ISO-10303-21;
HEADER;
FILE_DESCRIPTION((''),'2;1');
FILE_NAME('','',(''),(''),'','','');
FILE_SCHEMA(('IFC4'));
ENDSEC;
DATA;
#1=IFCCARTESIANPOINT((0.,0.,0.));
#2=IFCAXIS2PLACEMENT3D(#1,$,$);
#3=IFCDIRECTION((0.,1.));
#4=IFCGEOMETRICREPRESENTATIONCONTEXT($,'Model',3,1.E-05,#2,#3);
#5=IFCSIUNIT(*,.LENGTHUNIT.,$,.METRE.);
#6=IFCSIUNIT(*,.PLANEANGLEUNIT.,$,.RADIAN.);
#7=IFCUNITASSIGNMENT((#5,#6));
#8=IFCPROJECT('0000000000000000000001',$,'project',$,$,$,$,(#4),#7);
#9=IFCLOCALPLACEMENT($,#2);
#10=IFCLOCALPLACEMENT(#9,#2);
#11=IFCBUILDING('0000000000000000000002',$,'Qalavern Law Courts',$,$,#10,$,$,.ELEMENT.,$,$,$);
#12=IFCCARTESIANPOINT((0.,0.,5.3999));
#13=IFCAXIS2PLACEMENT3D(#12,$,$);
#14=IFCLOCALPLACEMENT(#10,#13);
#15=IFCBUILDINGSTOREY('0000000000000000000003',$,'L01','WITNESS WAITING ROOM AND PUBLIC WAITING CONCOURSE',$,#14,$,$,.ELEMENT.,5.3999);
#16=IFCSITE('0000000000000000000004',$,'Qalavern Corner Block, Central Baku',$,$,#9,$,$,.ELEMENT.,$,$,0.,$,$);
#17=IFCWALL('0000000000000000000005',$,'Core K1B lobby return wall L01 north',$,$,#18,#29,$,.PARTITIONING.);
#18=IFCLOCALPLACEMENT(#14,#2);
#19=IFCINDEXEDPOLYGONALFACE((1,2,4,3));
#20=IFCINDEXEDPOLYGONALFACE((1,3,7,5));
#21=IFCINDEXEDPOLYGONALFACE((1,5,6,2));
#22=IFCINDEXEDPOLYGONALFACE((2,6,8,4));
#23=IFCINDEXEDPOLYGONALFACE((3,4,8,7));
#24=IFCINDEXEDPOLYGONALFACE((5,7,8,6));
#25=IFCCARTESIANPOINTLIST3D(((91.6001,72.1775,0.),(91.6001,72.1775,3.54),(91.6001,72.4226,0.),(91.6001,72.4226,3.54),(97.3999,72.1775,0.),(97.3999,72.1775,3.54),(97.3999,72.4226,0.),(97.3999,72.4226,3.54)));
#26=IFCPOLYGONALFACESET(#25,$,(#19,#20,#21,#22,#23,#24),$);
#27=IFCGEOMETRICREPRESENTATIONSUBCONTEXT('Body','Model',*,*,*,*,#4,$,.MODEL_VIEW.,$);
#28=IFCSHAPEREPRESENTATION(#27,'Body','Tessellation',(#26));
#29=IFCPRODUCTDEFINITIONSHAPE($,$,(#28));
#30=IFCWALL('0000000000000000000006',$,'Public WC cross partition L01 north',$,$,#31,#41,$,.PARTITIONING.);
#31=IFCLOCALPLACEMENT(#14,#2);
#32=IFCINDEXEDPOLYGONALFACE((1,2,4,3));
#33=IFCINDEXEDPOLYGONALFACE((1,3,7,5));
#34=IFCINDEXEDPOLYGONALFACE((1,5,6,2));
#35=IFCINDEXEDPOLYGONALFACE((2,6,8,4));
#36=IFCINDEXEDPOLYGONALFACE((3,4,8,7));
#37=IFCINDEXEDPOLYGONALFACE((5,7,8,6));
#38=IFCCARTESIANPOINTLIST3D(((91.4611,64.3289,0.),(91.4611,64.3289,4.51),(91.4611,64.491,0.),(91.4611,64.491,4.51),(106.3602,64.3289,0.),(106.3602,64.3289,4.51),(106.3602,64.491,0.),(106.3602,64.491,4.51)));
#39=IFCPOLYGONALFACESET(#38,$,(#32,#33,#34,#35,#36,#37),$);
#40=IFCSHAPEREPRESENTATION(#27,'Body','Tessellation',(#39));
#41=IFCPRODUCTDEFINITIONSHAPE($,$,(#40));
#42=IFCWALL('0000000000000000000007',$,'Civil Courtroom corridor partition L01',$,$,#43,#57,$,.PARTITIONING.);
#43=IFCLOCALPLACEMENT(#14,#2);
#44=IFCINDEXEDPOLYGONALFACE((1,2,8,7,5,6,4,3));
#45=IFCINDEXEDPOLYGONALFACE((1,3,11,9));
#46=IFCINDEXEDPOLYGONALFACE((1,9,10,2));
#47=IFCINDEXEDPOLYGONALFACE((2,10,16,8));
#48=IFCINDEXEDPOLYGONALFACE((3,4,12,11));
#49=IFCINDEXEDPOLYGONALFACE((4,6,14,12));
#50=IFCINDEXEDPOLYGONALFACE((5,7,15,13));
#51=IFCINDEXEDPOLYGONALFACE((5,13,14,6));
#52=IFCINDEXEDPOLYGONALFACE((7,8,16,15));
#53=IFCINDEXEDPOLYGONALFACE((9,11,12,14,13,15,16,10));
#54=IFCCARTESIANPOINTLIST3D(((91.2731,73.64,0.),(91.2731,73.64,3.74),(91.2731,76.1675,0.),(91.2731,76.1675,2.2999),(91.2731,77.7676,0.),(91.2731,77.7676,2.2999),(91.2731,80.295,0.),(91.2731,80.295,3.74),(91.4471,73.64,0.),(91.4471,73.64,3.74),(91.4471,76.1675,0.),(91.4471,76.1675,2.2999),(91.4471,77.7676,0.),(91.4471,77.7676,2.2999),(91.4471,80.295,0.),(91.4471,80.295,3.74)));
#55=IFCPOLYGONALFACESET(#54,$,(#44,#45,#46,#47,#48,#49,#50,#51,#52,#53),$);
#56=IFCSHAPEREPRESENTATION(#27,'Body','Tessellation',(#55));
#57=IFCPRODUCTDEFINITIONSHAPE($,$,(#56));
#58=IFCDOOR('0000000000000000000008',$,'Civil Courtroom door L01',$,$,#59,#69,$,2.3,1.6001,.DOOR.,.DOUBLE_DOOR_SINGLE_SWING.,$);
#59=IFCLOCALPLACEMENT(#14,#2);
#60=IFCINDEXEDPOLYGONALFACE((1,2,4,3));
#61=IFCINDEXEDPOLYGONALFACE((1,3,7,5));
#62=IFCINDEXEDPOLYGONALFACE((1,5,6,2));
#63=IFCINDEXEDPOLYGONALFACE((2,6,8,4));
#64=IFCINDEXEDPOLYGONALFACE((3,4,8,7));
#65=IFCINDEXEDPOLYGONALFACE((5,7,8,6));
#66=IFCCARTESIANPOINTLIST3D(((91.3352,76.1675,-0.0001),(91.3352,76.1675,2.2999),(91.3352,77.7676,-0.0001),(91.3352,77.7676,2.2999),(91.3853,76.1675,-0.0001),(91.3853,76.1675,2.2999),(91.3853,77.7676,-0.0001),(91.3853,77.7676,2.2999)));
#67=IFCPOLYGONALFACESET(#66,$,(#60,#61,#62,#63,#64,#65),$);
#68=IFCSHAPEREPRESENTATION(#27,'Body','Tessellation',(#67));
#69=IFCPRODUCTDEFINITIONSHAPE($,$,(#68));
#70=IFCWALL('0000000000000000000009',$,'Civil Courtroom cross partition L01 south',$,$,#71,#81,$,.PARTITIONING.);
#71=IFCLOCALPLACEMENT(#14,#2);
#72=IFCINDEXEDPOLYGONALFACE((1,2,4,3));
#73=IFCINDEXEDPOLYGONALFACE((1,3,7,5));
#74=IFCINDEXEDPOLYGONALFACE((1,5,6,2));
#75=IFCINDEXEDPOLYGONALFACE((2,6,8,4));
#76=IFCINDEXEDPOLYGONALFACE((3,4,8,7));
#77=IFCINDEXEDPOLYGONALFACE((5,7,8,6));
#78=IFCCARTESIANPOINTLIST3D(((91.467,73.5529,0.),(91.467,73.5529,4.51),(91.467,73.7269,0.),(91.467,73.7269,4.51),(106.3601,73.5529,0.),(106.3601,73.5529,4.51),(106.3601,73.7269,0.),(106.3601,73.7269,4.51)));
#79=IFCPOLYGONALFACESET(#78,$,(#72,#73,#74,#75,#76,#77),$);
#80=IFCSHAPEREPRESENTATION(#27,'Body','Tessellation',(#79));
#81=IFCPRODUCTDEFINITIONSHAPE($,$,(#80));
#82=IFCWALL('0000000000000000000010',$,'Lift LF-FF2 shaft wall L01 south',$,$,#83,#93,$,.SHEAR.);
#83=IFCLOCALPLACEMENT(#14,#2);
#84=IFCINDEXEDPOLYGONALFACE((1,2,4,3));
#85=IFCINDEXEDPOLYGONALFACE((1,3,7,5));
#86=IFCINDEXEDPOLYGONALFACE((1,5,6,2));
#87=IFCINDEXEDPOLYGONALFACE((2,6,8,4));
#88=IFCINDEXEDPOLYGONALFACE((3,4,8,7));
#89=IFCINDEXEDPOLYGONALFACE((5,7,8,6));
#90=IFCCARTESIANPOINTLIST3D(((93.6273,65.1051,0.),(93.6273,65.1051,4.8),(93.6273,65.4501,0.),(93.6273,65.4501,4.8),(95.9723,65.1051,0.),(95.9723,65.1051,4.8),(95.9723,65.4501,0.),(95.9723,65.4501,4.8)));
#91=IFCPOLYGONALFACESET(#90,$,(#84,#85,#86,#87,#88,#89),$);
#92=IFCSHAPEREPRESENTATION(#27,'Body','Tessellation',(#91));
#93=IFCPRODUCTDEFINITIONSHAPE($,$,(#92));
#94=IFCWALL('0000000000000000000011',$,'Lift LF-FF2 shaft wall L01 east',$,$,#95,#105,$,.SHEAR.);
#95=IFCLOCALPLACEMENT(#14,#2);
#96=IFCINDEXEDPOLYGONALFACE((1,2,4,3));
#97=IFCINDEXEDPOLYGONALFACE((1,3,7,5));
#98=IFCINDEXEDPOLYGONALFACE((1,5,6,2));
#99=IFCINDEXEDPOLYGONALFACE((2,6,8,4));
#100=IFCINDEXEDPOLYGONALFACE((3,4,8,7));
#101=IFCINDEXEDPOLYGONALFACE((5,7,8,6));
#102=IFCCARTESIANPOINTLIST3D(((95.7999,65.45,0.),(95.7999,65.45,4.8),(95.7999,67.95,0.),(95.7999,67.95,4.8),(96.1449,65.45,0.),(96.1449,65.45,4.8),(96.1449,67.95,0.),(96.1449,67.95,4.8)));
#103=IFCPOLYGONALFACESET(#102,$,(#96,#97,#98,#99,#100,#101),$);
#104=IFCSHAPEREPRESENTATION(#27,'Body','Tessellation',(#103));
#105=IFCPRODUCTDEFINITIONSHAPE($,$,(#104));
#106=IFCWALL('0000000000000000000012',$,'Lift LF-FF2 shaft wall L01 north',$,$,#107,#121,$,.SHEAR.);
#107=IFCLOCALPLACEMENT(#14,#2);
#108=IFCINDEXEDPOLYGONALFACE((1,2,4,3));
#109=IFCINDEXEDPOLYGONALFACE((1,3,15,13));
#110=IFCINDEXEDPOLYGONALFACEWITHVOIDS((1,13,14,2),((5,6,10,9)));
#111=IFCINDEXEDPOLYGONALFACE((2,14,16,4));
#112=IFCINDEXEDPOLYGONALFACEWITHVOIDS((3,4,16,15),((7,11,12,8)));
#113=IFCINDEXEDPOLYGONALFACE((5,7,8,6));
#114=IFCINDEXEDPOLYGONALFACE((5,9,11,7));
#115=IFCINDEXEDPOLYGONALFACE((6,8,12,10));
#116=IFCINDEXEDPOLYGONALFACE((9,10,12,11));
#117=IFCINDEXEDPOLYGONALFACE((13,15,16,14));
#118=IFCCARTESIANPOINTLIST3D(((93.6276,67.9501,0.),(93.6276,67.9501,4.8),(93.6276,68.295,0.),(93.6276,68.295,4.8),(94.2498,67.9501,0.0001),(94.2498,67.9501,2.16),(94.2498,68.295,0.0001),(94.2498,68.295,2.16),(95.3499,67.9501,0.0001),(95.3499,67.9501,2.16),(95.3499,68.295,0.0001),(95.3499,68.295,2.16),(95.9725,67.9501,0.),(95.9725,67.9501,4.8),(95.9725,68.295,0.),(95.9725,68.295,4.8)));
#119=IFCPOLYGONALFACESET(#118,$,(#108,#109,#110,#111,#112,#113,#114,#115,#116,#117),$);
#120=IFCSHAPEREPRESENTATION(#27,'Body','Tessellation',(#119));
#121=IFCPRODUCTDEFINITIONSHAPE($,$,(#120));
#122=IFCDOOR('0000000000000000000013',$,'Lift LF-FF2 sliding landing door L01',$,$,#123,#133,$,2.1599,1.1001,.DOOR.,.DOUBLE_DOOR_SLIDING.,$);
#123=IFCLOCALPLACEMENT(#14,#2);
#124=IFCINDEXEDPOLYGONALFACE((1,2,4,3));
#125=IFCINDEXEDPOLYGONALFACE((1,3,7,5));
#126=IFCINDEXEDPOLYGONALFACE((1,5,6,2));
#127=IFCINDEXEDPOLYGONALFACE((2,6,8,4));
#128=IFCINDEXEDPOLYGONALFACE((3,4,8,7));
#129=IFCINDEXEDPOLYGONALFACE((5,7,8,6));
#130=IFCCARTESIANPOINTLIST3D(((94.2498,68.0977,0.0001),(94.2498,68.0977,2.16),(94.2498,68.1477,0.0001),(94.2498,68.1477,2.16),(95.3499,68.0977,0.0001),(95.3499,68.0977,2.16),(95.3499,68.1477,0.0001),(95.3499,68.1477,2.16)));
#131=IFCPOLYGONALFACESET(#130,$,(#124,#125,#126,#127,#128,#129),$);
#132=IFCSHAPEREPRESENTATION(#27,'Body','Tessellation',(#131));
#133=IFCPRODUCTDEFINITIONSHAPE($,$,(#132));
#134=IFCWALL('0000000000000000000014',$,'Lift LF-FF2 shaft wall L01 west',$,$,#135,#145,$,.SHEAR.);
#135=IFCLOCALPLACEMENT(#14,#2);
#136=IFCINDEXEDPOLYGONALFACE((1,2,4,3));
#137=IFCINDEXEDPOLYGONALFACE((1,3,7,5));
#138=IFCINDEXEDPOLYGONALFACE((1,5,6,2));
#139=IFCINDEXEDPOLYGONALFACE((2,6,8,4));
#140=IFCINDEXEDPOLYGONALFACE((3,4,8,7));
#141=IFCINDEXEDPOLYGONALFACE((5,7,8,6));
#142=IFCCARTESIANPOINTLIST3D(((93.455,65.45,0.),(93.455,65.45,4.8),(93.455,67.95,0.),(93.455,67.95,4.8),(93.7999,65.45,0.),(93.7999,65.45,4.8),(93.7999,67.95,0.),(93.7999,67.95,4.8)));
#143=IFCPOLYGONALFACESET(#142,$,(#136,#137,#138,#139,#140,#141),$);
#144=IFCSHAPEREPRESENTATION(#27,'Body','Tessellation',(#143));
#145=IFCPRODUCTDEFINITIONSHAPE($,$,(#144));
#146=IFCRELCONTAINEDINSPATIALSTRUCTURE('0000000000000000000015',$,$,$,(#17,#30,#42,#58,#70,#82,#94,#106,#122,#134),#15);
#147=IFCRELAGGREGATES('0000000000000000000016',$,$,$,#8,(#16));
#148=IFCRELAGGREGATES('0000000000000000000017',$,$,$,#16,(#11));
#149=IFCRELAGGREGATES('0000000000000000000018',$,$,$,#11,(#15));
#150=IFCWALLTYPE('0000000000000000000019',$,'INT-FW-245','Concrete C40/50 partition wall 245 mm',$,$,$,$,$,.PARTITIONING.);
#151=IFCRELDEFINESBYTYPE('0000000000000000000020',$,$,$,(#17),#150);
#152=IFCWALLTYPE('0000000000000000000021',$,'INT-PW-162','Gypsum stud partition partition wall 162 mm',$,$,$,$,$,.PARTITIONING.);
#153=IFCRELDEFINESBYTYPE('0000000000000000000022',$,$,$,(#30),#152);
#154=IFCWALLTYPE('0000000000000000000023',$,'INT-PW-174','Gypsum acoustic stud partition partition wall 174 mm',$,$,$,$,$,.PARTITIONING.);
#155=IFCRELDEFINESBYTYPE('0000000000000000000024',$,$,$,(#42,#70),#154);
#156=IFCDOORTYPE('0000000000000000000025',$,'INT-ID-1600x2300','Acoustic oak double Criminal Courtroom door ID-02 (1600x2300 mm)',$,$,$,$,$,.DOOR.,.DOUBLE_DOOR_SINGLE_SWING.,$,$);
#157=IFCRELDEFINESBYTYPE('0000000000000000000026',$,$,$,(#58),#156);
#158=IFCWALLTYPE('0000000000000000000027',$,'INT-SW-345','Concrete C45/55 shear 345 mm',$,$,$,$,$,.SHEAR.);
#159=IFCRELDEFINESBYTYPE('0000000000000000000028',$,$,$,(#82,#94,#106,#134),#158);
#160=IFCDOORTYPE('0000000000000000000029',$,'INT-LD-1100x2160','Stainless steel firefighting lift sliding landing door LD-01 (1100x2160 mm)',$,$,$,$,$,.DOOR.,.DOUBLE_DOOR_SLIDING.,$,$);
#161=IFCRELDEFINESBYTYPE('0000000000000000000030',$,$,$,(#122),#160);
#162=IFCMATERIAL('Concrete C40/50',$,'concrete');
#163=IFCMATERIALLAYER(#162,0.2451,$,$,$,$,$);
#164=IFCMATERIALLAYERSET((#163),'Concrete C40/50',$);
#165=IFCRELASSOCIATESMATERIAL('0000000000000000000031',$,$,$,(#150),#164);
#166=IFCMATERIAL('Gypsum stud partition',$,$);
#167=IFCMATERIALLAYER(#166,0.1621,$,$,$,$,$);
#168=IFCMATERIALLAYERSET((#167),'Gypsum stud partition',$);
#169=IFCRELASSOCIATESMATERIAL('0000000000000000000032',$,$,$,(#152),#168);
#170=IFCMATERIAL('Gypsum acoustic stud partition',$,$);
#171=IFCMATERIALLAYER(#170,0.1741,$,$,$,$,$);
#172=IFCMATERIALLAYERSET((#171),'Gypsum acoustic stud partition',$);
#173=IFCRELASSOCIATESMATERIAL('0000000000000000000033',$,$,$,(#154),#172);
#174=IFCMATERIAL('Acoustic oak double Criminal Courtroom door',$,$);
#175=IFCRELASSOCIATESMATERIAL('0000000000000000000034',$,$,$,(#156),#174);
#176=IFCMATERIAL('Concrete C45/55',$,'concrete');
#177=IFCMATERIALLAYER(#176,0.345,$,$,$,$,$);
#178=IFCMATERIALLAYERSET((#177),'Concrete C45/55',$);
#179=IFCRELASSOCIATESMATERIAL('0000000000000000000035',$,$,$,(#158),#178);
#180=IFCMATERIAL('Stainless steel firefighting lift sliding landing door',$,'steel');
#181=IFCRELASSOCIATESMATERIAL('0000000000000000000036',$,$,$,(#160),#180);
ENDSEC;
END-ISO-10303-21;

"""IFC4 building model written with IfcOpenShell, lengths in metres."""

from ifc_helpers import new_model, si_unit, direction, frame, frame_2d, origin, place, context, subcontext, project, spatial, rectangle, extrude, material, layer, layer_set, type_object, element, fill, save


model = new_model("IFC4")

# Units and contexts
model_context = context("Model", 3, precision=1e-05, world=origin(), true_north=direction((0.0, 1.0)))
body_context = subcontext(model_context, "Body", "Model", "MODEL_VIEW")
ifc_project = project(units=[si_unit("LENGTHUNIT", "METRE"), si_unit("PLANEANGLEUNIT", "RADIAN")], contexts=[model_context])

# Site, building, storey
site_placement = place(None, origin())
site = spatial("IfcSite", under=ifc_project, at=site_placement, Name="Qalavern Corner Block, Central Baku", CompositionType="ELEMENT", RefElevation=0.0)
building_placement = place(site_placement, origin())
building = spatial("IfcBuilding", under=site, at=building_placement, Name="Qalavern Law Courts", CompositionType="ELEMENT")
storey_placement = place(building_placement, frame((0.0, 0.0, 5.3999)))
storey = spatial("IfcBuildingStorey", under=building, at=storey_placement, Name="L01", Description="WITNESS WAITING ROOM AND PUBLIC WAITING CONCOURSE", CompositionType="ELEMENT", Elevation=5.3999)

# Shared definitions
ifc_material_1 = material(Name="Concrete C45/55", Category="concrete")

# Shared definitions
ifc_material_2 = material(Name="Concrete C40/50", Category="concrete")

# Shared definitions
ifc_layer_1 = layer(ifc_material_2, 0.2451)
ifc_layer_set_1 = layer_set([ifc_layer_1], Name="Concrete C40/50")
wall_type_1 = type_object("IfcWallType", Name="INT-FW-245", Description="Concrete C40/50 partition wall 245 mm", PredefinedType="PARTITIONING", material=ifc_layer_set_1)

# Walls
wall_1_placement = place(storey_placement, frame((91.6001, 72.3, 0.0), z_axis=(0.0, 0.0, 1.0), x_axis=(1.0, 0.0, 0.0)))
element("IfcWall", 1, at=wall_1_placement, inside=storey, type_object=wall_type_1, Name="Core K1B lobby return wall L01 north", PredefinedType="PARTITIONING", context=body_context, shape_type="SweptSolid", body=[
    extrude(rectangle(XDim=5.7998, YDim=0.2451, at=frame_2d((2.8999, 0.0))), origin(), (0.0, 0.0, 1.0), 3.54),
])
ifc_material_3 = material(Name="Gypsum stud partition")
ifc_layer_2 = layer(ifc_material_3, 0.1621)
ifc_layer_set_2 = layer_set([ifc_layer_2], Name="Gypsum stud partition")
wall_type_2 = type_object("IfcWallType", Name="INT-PW-162", Description="Gypsum stud partition partition wall 162 mm", PredefinedType="PARTITIONING", material=ifc_layer_set_2)
wall_2_placement = place(storey_placement, frame((91.4609, 64.4099, 0.0), z_axis=(0.0, 0.0, 1.0), x_axis=(1.0, 0.0, 0.0)))
element("IfcWall", 2, at=wall_2_placement, inside=storey, type_object=wall_type_2, Name="Public WC cross partition L01 north", PredefinedType="PARTITIONING", context=body_context, shape_type="SweptSolid", body=[
    extrude(rectangle(XDim=14.8992, YDim=0.1621, at=frame_2d((7.4497, 0.0))), origin(), (0.0, 0.0, 1.0), 4.51),
])

# Wall, opening, door
ifc_material_4 = material(Name="Gypsum acoustic stud partition")
ifc_layer_3 = layer(ifc_material_4, 0.1741)
ifc_layer_set_3 = layer_set([ifc_layer_3], Name="Gypsum acoustic stud partition")
wall_type_3 = type_object("IfcWallType", Name="INT-PW-174", Description="Gypsum acoustic stud partition partition wall 174 mm", PredefinedType="PARTITIONING", material=ifc_layer_set_3)
wall_3_placement = place(storey_placement, frame((91.3601, 73.6399, 0.0), z_axis=(0.0, 0.0, 1.0), x_axis=(0.0, 1.0, 0.0)))
wall_3 = element("IfcWall", 3, at=wall_3_placement, inside=storey, type_object=wall_type_3, Name="Civil Courtroom corridor partition L01", PredefinedType="PARTITIONING", context=body_context, shape_type="SweptSolid", body=[
    extrude(rectangle(XDim=6.655, YDim=0.1741, at=frame_2d((3.3276, 0.0))), origin(), (0.0, 0.0, 1.0), 3.74),
])
opening_1_placement = place(wall_3_placement, frame((2.5276, 0.0, 0.0)))
opening_1 = element("IfcOpeningElement", 4, at=opening_1_placement, cuts=wall_3, PredefinedType="OPENING", context=body_context, shape_type="SweptSolid", body=[
    extrude(rectangle(XDim=1.6001, YDim=2.3, at=frame_2d((0.8, 1.1499))), frame((0.0, 0.1021, 0.0), z_axis=(0.0, -1.0, 0.0), x_axis=(1.0, 0.0, 0.0)), (0.0, 0.0, 1.0), 0.2039),
])
ifc_material_5 = material(Name="Acoustic oak double Criminal Courtroom door")
door_type_1 = type_object("IfcDoorType", Name="INT-ID-1600x2300", Description="Acoustic oak double Criminal Courtroom door ID-02 (1600x2300 mm)", OperationType="DOUBLE_DOOR_SINGLE_SWING", PredefinedType="DOOR", material=ifc_material_5)
door_1_placement = place(opening_1_placement, origin())
door_1 = element("IfcDoor", 5, at=door_1_placement, inside=storey, type_object=door_type_1, Name="Civil Courtroom door L01", OperationType="DOUBLE_DOOR_SINGLE_SWING", OverallHeight=2.3, OverallWidth=1.6001, PredefinedType="DOOR", context=body_context, shape_type="SweptSolid", body=[
    extrude(rectangle(XDim=1.6001, YDim=2.3, at=frame_2d((0.8, 1.1499))), frame((0.0, 0.0249, 0.0), z_axis=(0.0, -1.0, 0.0), x_axis=(1.0, 0.0, 0.0)), (0.0, 0.0, 1.0), 0.05),
])
fill(opening_1, door_1)

# Walls
wall_4_placement = place(storey_placement, frame((91.467, 73.6399, 0.0), z_axis=(0.0, 0.0, 1.0), x_axis=(1.0, 0.0, 0.0)))
element("IfcWall", 6, at=wall_4_placement, inside=storey, type_object=wall_type_3, Name="Civil Courtroom cross partition L01 south", PredefinedType="PARTITIONING", context=body_context, shape_type="SweptSolid", body=[
    extrude(rectangle(XDim=14.8931, YDim=0.1741, at=frame_2d((7.4465, 0.0))), origin(), (0.0, 0.0, 1.0), 4.51),
])
ifc_layer_4 = layer(ifc_material_1, 0.345)
ifc_layer_set_4 = layer_set([ifc_layer_4], Name="Concrete C45/55")
wall_type_4 = type_object("IfcWallType", Name="INT-SW-345", Description="Concrete C45/55 shear 345 mm", PredefinedType="SHEAR", material=ifc_layer_set_4)
wall_5_placement = place(storey_placement, frame((93.6274, 65.2776, 0.0), z_axis=(0.0, 0.0, 1.0), x_axis=(1.0, 0.0, 0.0)))
element("IfcWall", 7, at=wall_5_placement, inside=storey, type_object=wall_type_4, Name="Lift LF-FF2 shaft wall L01 south", PredefinedType="SHEAR", context=body_context, shape_type="SweptSolid", body=[
    extrude(rectangle(XDim=2.345, YDim=0.345, at=frame_2d((1.1724, 0.0))), origin(), (0.0, 0.0, 1.0), 4.8),
])
wall_6_placement = place(storey_placement, frame((95.9724, 65.45, 0.0), z_axis=(0.0, 0.0, 1.0), x_axis=(0.0, 1.0, 0.0)))
element("IfcWall", 8, at=wall_6_placement, inside=storey, type_object=wall_type_4, Name="Lift LF-FF2 shaft wall L01 east", PredefinedType="SHEAR", context=body_context, shape_type="SweptSolid", body=[
    extrude(rectangle(XDim=2.5, YDim=0.345, at=frame_2d((1.25, 0.0))), origin(), (0.0, 0.0, 1.0), 4.8),
])

# Wall, opening, door
wall_7_placement = place(storey_placement, frame((95.9724, 68.1226, 0.0), z_axis=(0.0, 0.0, 1.0), x_axis=(-1.0, 0.0, 0.0)))
wall_7 = element("IfcWall", 9, at=wall_7_placement, inside=storey, type_object=wall_type_4, Name="Lift LF-FF2 shaft wall L01 north", PredefinedType="SHEAR", context=body_context, shape_type="SweptSolid", body=[
    extrude(rectangle(XDim=2.345, YDim=0.345, at=frame_2d((1.1724, 0.0))), origin(), (0.0, 0.0, 1.0), 4.8),
])
opening_2_placement = place(wall_7_placement, frame((0.6226, 0.0, 0.0)))
opening_2 = element("IfcOpeningElement", 10, at=opening_2_placement, cuts=wall_7, PredefinedType="OPENING", context=body_context, shape_type="SweptSolid", body=[
    extrude(rectangle(XDim=1.1001, YDim=2.1599, at=frame_2d((0.55, 1.0801))), frame((0.0, 0.1875, 0.0), z_axis=(0.0, -1.0, 0.0), x_axis=(1.0, 0.0, 0.0)), (0.0, 0.0, 1.0), 0.3748),
])
ifc_material_6 = material(Name="Stainless steel firefighting lift sliding landing door", Category="steel")
door_type_2 = type_object("IfcDoorType", Name="INT-LD-1100x2160", Description="Stainless steel firefighting lift sliding landing door LD-01 (1100x2160 mm)", OperationType="DOUBLE_DOOR_SLIDING", PredefinedType="DOOR", material=ifc_material_6)
door_2_placement = place(opening_2_placement, origin())
door_2 = element("IfcDoor", 11, at=door_2_placement, inside=storey, type_object=door_type_2, Name="Lift LF-FF2 sliding landing door L01", OperationType="DOUBLE_DOOR_SLIDING", OverallHeight=2.1599, OverallWidth=1.1001, PredefinedType="DOOR", context=body_context, shape_type="SweptSolid", body=[
    extrude(rectangle(XDim=1.1001, YDim=2.1599, at=frame_2d((0.55, 1.0801))), frame((0.0, 0.0249, 0.0), z_axis=(0.0, -1.0, 0.0), x_axis=(1.0, 0.0, 0.0)), (0.0, 0.0, 1.0), 0.05),
])
fill(opening_2, door_2)

# Wall
wall_8_placement = place(storey_placement, frame((93.6274, 67.95, 0.0), z_axis=(0.0, 0.0, 1.0), x_axis=(0.0, -1.0, 0.0)))
element("IfcWall", 12, at=wall_8_placement, inside=storey, type_object=wall_type_4, Name="Lift LF-FF2 shaft wall L01 west", PredefinedType="SHEAR", context=body_context, shape_type="SweptSolid", body=[
    extrude(rectangle(XDim=2.5, YDim=0.345, at=frame_2d((1.25, 0.0))), origin(), (0.0, 0.0, 1.0), 4.8),
])

save(model, "model.ifc")
